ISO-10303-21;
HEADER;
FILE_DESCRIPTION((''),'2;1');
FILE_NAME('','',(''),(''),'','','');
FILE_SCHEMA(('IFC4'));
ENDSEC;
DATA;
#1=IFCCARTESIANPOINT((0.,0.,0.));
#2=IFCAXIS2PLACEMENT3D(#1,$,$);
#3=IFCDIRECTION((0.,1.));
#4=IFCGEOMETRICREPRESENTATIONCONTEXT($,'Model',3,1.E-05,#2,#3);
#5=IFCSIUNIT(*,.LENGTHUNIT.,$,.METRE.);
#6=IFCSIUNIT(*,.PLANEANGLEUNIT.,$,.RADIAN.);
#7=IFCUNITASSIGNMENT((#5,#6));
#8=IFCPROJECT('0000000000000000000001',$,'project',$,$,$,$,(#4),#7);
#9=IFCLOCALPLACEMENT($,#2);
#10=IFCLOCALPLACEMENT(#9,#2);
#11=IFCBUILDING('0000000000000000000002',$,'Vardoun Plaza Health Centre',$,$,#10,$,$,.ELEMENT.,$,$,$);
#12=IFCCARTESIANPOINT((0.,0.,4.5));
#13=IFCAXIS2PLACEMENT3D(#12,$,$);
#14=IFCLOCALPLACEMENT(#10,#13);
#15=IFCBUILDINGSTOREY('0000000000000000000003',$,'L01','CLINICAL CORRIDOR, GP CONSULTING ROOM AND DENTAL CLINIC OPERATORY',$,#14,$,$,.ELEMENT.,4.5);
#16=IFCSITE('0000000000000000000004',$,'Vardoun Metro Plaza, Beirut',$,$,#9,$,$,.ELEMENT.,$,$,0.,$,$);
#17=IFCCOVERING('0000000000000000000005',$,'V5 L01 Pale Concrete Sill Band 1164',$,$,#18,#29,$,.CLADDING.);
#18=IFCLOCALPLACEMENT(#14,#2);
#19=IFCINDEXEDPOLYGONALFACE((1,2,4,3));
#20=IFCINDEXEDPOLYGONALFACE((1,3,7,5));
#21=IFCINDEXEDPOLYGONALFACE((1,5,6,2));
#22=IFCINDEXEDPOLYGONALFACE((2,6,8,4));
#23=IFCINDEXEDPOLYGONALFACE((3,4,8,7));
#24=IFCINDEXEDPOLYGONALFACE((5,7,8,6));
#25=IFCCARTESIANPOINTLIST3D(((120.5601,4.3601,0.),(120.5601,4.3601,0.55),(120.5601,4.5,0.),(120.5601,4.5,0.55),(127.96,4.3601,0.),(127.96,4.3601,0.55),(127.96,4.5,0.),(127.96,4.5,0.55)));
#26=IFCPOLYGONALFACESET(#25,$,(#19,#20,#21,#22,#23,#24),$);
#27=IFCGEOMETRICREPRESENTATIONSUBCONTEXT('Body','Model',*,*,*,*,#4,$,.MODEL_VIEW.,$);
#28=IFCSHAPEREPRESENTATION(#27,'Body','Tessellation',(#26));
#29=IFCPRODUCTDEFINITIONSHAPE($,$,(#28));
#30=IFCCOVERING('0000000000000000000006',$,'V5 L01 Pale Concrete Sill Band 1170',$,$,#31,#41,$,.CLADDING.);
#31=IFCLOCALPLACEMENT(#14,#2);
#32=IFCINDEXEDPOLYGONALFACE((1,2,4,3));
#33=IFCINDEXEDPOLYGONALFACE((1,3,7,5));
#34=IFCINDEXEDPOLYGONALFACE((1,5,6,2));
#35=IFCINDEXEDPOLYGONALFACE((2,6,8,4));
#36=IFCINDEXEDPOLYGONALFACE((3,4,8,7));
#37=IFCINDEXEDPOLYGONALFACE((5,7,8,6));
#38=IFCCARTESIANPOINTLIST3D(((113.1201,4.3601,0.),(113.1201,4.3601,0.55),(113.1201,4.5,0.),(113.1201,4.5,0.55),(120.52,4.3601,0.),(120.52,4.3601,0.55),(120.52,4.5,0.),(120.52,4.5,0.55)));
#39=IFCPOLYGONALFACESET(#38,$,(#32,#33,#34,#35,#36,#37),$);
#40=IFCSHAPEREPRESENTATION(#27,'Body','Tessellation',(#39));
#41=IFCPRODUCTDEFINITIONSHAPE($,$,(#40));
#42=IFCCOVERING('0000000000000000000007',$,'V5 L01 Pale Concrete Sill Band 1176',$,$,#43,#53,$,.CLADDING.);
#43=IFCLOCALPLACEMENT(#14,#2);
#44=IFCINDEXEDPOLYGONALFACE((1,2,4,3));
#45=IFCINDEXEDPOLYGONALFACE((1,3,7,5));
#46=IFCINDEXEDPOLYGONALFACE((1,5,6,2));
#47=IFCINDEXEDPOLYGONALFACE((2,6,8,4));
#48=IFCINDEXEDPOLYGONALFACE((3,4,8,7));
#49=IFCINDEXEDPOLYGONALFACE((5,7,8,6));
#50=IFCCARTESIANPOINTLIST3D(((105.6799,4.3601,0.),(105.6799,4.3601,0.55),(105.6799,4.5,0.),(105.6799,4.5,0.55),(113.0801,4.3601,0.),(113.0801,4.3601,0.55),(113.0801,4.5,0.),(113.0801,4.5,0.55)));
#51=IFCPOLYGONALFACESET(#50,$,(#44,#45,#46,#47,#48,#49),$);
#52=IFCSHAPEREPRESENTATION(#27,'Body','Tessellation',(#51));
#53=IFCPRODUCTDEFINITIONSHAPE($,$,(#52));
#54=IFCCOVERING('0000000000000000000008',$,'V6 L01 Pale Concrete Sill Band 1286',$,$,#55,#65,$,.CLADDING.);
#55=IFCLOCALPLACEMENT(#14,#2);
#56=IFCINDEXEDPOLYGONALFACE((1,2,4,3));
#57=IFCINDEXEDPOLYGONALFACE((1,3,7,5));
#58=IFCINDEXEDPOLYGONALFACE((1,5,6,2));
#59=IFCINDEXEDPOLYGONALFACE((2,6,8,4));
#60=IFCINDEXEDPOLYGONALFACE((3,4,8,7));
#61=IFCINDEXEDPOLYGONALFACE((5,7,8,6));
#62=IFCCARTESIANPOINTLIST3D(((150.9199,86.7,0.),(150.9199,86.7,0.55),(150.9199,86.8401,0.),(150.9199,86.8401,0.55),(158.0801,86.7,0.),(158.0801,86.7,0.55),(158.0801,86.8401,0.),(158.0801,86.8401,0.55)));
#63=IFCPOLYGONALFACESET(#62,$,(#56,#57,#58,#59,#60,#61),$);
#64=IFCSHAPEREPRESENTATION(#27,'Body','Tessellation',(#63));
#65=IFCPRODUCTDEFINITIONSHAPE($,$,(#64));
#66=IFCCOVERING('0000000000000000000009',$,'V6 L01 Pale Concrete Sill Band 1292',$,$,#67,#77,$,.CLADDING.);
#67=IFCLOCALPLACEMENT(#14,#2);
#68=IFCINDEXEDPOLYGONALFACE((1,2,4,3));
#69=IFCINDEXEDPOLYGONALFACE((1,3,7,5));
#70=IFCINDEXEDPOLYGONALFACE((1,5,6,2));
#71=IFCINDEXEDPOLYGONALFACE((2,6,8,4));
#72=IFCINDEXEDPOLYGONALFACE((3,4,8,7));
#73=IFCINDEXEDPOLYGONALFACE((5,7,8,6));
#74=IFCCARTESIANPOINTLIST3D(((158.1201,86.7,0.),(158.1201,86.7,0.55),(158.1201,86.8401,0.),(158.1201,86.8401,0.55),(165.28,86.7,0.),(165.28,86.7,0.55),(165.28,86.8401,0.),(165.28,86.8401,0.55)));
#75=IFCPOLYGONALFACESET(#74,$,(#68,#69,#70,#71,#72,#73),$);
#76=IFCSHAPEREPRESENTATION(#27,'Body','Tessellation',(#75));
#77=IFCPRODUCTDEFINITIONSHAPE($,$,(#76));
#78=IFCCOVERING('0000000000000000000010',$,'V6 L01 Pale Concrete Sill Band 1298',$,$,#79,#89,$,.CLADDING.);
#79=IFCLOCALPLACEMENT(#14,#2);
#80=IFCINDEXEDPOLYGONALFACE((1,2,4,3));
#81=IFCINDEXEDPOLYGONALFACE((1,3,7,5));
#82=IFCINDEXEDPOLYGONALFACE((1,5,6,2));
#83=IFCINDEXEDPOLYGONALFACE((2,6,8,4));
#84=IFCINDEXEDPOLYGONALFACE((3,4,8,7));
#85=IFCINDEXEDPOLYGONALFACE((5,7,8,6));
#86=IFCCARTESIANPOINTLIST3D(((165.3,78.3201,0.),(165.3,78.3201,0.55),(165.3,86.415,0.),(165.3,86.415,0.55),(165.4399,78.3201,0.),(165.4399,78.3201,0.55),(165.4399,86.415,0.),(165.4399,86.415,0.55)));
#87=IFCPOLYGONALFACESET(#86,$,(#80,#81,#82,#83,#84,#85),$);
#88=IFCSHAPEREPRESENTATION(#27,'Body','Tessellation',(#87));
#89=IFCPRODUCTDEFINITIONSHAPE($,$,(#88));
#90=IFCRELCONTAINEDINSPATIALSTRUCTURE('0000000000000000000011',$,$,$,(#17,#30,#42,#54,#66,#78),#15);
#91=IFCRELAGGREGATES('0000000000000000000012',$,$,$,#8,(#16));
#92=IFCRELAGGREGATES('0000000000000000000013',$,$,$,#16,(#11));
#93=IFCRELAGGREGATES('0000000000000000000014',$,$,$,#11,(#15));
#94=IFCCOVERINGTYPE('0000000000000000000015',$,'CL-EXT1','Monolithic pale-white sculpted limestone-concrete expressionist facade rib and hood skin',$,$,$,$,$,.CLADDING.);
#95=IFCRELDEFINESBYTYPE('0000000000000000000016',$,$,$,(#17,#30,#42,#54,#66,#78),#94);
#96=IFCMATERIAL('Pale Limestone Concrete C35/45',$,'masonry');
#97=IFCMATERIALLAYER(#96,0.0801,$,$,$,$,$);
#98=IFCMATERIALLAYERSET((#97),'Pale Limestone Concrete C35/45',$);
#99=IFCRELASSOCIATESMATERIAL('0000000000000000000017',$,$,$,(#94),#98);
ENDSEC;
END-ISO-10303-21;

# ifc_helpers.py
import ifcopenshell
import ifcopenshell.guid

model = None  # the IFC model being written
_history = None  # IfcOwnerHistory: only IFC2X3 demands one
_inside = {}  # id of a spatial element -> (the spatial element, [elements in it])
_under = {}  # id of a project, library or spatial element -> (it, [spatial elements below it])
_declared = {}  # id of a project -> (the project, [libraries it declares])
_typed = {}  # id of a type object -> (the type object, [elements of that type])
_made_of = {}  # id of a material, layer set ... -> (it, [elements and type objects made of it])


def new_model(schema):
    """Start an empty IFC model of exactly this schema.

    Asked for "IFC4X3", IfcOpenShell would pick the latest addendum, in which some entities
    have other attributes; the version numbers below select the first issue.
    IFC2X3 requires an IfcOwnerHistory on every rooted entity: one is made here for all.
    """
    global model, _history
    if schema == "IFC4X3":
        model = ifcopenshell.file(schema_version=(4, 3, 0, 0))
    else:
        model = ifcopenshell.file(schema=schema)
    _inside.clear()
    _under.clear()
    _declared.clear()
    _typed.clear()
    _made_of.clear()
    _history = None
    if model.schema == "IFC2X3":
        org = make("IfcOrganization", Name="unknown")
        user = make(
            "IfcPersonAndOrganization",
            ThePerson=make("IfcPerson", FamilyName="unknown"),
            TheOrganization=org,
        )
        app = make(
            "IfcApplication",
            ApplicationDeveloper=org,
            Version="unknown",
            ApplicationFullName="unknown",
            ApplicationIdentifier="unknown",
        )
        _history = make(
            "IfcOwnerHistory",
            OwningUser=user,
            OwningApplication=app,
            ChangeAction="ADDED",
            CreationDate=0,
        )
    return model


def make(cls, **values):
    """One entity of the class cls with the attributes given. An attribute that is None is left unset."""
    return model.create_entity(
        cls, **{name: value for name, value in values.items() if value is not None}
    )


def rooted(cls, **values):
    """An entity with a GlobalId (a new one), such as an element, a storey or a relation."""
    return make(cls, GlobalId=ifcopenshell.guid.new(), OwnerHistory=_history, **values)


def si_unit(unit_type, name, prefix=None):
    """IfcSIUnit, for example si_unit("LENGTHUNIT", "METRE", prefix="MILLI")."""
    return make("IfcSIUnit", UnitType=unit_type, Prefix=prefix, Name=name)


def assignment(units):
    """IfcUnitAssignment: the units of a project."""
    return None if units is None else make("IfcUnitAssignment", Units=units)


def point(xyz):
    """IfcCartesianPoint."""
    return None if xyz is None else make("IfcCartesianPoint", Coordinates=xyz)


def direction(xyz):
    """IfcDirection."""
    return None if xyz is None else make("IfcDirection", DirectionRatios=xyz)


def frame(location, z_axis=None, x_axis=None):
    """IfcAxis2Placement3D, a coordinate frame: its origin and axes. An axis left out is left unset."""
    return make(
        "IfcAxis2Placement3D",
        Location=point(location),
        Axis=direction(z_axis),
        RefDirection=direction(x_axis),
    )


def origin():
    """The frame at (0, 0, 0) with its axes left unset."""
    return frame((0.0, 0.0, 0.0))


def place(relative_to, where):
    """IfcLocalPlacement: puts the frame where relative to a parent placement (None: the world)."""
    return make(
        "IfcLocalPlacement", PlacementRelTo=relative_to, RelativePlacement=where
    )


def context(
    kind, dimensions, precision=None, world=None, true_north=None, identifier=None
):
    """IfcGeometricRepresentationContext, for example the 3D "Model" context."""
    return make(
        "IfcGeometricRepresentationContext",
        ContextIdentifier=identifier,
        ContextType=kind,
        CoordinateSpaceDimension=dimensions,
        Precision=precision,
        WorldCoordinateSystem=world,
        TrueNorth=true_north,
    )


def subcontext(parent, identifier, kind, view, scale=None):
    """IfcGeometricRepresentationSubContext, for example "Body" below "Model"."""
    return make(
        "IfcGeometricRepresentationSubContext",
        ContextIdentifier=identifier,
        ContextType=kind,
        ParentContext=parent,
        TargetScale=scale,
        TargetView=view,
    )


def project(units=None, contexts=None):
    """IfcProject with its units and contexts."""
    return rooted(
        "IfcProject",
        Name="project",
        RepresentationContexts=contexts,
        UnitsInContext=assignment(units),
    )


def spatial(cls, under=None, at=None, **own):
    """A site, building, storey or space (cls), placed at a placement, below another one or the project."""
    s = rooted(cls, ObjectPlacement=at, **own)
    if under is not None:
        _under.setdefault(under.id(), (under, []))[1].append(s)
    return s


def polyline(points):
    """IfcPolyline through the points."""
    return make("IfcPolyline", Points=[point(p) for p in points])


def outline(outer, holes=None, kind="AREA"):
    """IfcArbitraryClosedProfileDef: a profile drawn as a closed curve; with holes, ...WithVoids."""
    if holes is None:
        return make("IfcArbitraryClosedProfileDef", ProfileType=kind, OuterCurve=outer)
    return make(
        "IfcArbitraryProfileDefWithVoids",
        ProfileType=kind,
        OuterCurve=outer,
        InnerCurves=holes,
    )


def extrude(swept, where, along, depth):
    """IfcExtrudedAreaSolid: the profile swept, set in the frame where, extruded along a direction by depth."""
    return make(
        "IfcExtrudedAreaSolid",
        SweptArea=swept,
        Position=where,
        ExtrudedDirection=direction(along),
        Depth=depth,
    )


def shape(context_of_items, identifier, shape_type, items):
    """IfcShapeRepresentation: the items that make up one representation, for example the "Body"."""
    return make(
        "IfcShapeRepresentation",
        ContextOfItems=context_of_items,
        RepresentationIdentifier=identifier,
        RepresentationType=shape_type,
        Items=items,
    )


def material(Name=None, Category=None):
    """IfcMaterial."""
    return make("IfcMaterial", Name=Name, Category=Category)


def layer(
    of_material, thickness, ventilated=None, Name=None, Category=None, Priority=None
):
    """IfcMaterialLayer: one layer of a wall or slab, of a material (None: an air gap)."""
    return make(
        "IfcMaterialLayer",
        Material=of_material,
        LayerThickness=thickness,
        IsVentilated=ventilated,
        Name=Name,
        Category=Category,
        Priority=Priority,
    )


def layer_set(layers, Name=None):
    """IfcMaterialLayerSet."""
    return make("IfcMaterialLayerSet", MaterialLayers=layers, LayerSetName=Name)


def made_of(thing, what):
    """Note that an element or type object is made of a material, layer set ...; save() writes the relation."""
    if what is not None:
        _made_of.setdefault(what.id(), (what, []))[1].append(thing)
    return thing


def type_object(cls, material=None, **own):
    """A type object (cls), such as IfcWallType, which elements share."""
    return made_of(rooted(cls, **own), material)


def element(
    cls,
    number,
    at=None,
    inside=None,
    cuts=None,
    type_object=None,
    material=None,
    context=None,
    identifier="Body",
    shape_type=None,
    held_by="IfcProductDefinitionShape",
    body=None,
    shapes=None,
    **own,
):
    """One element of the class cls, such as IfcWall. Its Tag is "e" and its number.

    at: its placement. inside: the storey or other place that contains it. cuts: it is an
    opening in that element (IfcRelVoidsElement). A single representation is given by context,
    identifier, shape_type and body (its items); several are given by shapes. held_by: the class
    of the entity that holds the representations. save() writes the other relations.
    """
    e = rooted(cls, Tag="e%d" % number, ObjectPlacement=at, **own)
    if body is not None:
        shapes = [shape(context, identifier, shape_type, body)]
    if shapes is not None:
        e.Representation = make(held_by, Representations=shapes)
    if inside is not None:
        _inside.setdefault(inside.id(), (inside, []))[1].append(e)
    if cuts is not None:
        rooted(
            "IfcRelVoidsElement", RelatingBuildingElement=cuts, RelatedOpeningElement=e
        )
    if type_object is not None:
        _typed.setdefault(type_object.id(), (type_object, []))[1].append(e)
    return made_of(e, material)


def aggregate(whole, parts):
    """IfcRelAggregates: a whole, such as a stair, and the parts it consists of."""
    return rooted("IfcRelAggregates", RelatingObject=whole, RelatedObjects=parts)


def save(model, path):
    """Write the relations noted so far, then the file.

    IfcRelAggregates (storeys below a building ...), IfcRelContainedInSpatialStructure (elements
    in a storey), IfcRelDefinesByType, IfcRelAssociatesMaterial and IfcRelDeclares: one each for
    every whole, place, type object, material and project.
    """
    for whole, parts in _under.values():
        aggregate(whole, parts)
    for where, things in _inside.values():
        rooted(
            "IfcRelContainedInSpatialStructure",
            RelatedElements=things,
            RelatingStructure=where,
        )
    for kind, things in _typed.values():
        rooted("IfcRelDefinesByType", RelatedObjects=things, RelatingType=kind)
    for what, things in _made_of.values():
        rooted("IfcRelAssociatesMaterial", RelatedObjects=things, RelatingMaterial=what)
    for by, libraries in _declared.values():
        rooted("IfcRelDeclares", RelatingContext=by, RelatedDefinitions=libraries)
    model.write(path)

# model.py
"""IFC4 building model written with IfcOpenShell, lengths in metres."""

from ifc_helpers import new_model, si_unit, direction, frame, origin, place, context, subcontext, project, spatial, polyline, outline, extrude, material, layer, layer_set, type_object, element, save


model = new_model("IFC4")

# Units and contexts
model_context = context("Model", 3, precision=1e-05, world=origin(), true_north=direction((0.0, 1.0)))
body_context = subcontext(model_context, "Body", "Model", "MODEL_VIEW")
ifc_project = project(units=[si_unit("LENGTHUNIT", "METRE"), si_unit("PLANEANGLEUNIT", "RADIAN")], contexts=[model_context])

# Site, building, storey
site_placement = place(None, origin())
site = spatial("IfcSite", under=ifc_project, at=site_placement, Name="Vardoun Metro Plaza, Beirut", CompositionType="ELEMENT", RefElevation=0.0)
building_placement = place(site_placement, origin())
building = spatial("IfcBuilding", under=site, at=building_placement, Name="Vardoun Plaza Health Centre", CompositionType="ELEMENT")
storey_placement = place(building_placement, frame((0.0, 0.0, 4.5)))
storey = spatial("IfcBuildingStorey", under=building, at=storey_placement, Name="L01", Description="CLINICAL CORRIDOR, GP CONSULTING ROOM AND DENTAL CLINIC OPERATORY", CompositionType="ELEMENT", Elevation=4.5)

# Coverings
ifc_material = material(Name="Pale Limestone Concrete C35/45", Category="masonry")
ifc_layer = layer(ifc_material, 0.0801)
ifc_layer_set = layer_set([ifc_layer], Name="Pale Limestone Concrete C35/45")
covering_type = type_object("IfcCoveringType", Name="CL-EXT1", Description="Monolithic pale-white sculpted limestone-concrete expressionist facade rib and hood skin", PredefinedType="CLADDING", material=ifc_layer_set)
covering_1_placement = place(storey_placement, origin())
element("IfcCovering", 1, at=covering_1_placement, inside=storey, type_object=covering_type, Name="V5 L01 Pale Concrete Sill Band 1164", PredefinedType="CLADDING", context=body_context, shape_type="SweptSolid", body=[
    extrude(outline(polyline([(127.96, 4.5), (120.5601, 4.5), (120.5601, 4.3601), (127.96, 4.3601), (127.96, 4.5)])), origin(), (0.0, 0.0, 1.0), 0.55),
])
covering_2_placement = place(storey_placement, origin())
element("IfcCovering", 2, at=covering_2_placement, inside=storey, type_object=covering_type, Name="V5 L01 Pale Concrete Sill Band 1170", PredefinedType="CLADDING", context=body_context, shape_type="SweptSolid", body=[
    extrude(outline(polyline([(120.52, 4.5), (113.1201, 4.5), (113.1201, 4.3601), (120.52, 4.3601), (120.52, 4.5)])), origin(), (0.0, 0.0, 1.0), 0.55),
])
covering_3_placement = place(storey_placement, origin())
element("IfcCovering", 3, at=covering_3_placement, inside=storey, type_object=covering_type, Name="V5 L01 Pale Concrete Sill Band 1176", PredefinedType="CLADDING", context=body_context, shape_type="SweptSolid", body=[
    extrude(outline(polyline([(113.0801, 4.5), (105.6799, 4.5), (105.6799, 4.3601), (113.0801, 4.3601), (113.0801, 4.5)])), origin(), (0.0, 0.0, 1.0), 0.55),
])
covering_4_placement = place(storey_placement, origin())
element("IfcCovering", 4, at=covering_4_placement, inside=storey, type_object=covering_type, Name="V6 L01 Pale Concrete Sill Band 1286", PredefinedType="CLADDING", context=body_context, shape_type="SweptSolid", body=[
    extrude(outline(polyline([(150.9199, 86.7), (158.0801, 86.7), (158.0801, 86.8401), (150.9199, 86.8401), (150.9199, 86.7)])), origin(), (0.0, 0.0, 1.0), 0.55),
])
covering_5_placement = place(storey_placement, origin())
element("IfcCovering", 5, at=covering_5_placement, inside=storey, type_object=covering_type, Name="V6 L01 Pale Concrete Sill Band 1292", PredefinedType="CLADDING", context=body_context, shape_type="SweptSolid", body=[
    extrude(outline(polyline([(158.1201, 86.7), (165.28, 86.7), (165.28, 86.8401), (158.1201, 86.8401), (158.1201, 86.7)])), origin(), (0.0, 0.0, 1.0), 0.55),
])
covering_6_placement = place(storey_placement, origin())
element("IfcCovering", 6, at=covering_6_placement, inside=storey, type_object=covering_type, Name="V6 L01 Pale Concrete Sill Band 1298", PredefinedType="CLADDING", context=body_context, shape_type="SweptSolid", body=[
    extrude(outline(polyline([(165.3, 86.415), (165.3, 78.3201), (165.4399, 78.3201), (165.4399, 86.415), (165.3, 86.415)])), origin(), (0.0, 0.0, 1.0), 0.55),
])

save(model, "model.ifc")
